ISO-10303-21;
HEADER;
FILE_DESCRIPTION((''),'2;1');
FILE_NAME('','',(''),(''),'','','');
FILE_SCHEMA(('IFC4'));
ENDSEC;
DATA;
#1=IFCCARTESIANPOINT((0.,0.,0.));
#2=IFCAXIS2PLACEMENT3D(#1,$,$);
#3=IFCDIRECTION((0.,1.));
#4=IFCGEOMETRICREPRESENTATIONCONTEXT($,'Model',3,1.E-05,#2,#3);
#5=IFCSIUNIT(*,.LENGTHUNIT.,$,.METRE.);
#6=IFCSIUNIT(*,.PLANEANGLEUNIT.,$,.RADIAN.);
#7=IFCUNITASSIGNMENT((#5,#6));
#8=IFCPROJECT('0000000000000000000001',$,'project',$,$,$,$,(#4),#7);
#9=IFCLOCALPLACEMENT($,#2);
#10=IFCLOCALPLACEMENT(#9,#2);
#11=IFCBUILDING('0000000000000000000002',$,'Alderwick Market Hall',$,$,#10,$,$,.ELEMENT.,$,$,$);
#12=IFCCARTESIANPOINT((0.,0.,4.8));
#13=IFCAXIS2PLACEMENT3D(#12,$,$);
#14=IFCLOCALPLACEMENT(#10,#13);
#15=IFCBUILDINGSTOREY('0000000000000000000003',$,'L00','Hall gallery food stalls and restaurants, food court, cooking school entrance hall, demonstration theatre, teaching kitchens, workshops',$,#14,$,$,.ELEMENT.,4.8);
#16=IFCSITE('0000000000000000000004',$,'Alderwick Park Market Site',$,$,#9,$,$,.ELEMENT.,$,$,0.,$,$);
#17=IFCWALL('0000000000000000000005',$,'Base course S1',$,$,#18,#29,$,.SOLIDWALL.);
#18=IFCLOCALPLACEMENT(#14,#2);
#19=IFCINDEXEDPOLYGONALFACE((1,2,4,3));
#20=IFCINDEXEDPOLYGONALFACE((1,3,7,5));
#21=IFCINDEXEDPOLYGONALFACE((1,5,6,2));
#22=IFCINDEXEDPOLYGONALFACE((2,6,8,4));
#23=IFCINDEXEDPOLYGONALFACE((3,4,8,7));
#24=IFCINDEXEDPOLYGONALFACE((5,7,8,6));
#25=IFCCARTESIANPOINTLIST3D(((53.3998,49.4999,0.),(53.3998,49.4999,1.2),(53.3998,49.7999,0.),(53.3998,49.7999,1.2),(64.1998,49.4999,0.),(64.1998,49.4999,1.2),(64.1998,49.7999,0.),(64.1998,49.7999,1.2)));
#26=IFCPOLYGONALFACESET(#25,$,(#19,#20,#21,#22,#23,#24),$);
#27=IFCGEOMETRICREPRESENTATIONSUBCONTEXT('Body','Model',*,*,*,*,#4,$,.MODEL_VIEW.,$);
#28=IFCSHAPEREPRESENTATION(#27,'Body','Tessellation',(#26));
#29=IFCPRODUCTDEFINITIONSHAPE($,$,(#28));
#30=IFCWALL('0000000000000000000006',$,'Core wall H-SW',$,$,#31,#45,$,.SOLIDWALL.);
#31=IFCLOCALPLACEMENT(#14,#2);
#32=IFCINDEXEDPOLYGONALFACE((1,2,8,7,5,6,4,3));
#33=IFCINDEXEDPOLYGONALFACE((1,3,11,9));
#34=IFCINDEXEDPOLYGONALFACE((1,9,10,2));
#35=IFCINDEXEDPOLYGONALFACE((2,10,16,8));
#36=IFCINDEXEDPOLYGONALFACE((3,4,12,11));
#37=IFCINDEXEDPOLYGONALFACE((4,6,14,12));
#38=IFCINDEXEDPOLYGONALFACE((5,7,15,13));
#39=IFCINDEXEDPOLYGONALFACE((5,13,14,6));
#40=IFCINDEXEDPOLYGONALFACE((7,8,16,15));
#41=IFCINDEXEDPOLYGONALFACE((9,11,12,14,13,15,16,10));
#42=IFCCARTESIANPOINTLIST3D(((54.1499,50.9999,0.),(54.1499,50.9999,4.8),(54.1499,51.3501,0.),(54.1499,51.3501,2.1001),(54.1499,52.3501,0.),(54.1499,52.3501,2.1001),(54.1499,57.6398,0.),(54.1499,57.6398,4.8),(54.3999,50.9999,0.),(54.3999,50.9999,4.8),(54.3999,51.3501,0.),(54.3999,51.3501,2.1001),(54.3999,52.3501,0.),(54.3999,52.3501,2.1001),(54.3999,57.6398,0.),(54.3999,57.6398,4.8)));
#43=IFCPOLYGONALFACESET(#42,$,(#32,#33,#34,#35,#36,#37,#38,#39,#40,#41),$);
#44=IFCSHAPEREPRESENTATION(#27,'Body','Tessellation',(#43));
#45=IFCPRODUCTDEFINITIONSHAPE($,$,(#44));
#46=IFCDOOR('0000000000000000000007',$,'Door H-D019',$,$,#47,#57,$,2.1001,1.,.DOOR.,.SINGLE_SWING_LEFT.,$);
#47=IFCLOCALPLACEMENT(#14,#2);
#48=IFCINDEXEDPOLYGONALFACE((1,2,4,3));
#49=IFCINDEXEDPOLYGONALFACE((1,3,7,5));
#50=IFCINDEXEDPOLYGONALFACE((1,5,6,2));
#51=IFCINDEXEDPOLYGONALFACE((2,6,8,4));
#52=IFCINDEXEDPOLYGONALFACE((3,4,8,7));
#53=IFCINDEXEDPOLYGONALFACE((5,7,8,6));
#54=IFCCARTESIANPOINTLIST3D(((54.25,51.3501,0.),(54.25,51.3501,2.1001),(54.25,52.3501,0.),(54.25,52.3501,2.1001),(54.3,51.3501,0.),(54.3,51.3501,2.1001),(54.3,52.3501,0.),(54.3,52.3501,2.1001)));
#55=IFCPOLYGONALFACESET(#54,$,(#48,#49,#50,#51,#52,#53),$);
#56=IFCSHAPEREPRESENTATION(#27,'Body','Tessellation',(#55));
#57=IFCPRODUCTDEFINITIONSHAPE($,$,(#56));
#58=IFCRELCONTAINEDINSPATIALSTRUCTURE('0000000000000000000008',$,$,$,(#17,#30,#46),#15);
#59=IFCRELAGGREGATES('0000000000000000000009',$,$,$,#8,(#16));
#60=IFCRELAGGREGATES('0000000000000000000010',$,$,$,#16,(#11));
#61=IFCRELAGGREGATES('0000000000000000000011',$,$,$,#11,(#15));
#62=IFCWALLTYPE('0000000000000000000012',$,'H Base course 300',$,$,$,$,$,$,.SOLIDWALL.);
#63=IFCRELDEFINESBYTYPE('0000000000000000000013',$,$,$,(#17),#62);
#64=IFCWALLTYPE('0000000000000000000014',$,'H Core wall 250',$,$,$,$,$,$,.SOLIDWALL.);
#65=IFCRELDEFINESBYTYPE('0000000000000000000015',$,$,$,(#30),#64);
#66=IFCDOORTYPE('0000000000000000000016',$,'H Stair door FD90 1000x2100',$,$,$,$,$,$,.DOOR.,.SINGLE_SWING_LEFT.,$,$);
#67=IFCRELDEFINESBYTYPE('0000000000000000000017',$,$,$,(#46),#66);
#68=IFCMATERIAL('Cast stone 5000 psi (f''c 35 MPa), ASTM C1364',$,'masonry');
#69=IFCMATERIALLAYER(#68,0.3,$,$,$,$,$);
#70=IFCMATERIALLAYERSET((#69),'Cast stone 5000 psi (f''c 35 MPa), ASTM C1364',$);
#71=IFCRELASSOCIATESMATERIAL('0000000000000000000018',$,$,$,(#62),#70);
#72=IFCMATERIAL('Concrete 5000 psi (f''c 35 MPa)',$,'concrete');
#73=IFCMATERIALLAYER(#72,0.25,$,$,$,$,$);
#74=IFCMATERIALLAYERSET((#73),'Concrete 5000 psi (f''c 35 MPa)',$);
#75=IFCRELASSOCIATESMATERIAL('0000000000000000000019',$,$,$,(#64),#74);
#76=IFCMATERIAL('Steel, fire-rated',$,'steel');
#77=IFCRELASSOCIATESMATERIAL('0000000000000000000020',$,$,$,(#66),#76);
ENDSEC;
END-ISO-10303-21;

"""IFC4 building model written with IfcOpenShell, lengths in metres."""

from ifc_helpers import new_model, si_unit, direction, frame, frame_2d, origin, place, context, subcontext, project, spatial, rectangle, extrude, material, layer, layer_set, type_object, element, fill, save


model = new_model("IFC4")

# Units and contexts
model_context = context("Model", 3, precision=1e-05, world=origin(), true_north=direction((0.0, 1.0)))
body_context = subcontext(model_context, "Body", "Model", "MODEL_VIEW")
ifc_project = project(units=[si_unit("LENGTHUNIT", "METRE"), si_unit("PLANEANGLEUNIT", "RADIAN")], contexts=[model_context])

# Site, building, storey
site_placement = place(None, origin())
site = spatial("IfcSite", under=ifc_project, at=site_placement, Name="Alderwick Park Market Site", CompositionType="ELEMENT", RefElevation=0.0)
building_placement = place(site_placement, origin())
building = spatial("IfcBuilding", under=site, at=building_placement, Name="Alderwick Market Hall", CompositionType="ELEMENT")
storey_placement = place(building_placement, frame((0.0, 0.0, 4.8)))
storey = spatial("IfcBuildingStorey", under=building, at=storey_placement, Name="L00", Description="Hall gallery food stalls and restaurants, food court, cooking school entrance hall, demonstration theatre, teaching kitchens, workshops", CompositionType="ELEMENT", Elevation=4.8)

# Wall
ifc_material_1 = material(Name="Cast stone 5000 psi (f'c 35 MPa), ASTM C1364", Category="masonry")
ifc_layer_1 = layer(ifc_material_1, 0.3)
ifc_layer_set_1 = layer_set([ifc_layer_1], Name="Cast stone 5000 psi (f'c 35 MPa), ASTM C1364")
wall_type_1 = type_object("IfcWallType", Name="H Base course 300", PredefinedType="SOLIDWALL", material=ifc_layer_set_1)
wall_1_placement = place(storey_placement, frame((53.3999, 49.6499, 0.0), z_axis=(0.0, 0.0, 1.0), x_axis=(1.0, 0.0, 0.0)))
element("IfcWall", 1, at=wall_1_placement, inside=storey, type_object=wall_type_1, Name="Base course S1", PredefinedType="SOLIDWALL", context=body_context, shape_type="SweptSolid", body=[
    extrude(rectangle(XDim=10.8, YDim=0.3, at=frame_2d((5.3999, 0.0))), origin(), (0.0, 0.0, 1.0), 1.2),
])

# Wall, opening, door
ifc_material_2 = material(Name="Concrete 5000 psi (f'c 35 MPa)", Category="concrete")
ifc_layer_2 = layer(ifc_material_2, 0.25)
ifc_layer_set_2 = layer_set([ifc_layer_2], Name="Concrete 5000 psi (f'c 35 MPa)")
wall_type_2 = type_object("IfcWallType", Name="H Core wall 250", PredefinedType="SOLIDWALL", material=ifc_layer_set_2)
wall_2_placement = place(storey_placement, frame((54.2749, 51.0, 0.0), z_axis=(0.0, 0.0, 1.0), x_axis=(0.0, 1.0, 0.0)))
wall_2 = element("IfcWall", 2, at=wall_2_placement, inside=storey, type_object=wall_type_2, Name="Core wall H-SW", PredefinedType="SOLIDWALL", context=body_context, shape_type="SweptSolid", body=[
    extrude(rectangle(XDim=6.6399, YDim=0.25, at=frame_2d((3.3198, 0.0))), origin(), (0.0, 0.0, 1.0), 4.8),
])
opening_1_placement = place(wall_2_placement, frame((0.3501, 0.0, 0.0)))
opening_1 = element("IfcOpeningElement", 3, at=opening_1_placement, cuts=wall_2, PredefinedType="OPENING", context=body_context, shape_type="SweptSolid", body=[
    extrude(rectangle(XDim=1.0, YDim=2.1001, at=frame_2d((0.5, 1.05))), frame((0.0, 0.135, 0.0), z_axis=(0.0, -1.0, 0.0), x_axis=(1.0, 0.0, 0.0)), (0.0, 0.0, 1.0), 0.27),
])
ifc_material_3 = material(Name="Steel, fire-rated", Category="steel")
door_type = type_object("IfcDoorType", Name="H Stair door FD90 1000x2100", OperationType="SINGLE_SWING_LEFT", PredefinedType="DOOR", material=ifc_material_3)
door_placement = place(opening_1_placement, origin())
door = element("IfcDoor", 4, at=door_placement, inside=storey, type_object=door_type, Name="Door H-D019", OperationType="SINGLE_SWING_LEFT", OverallHeight=2.1001, OverallWidth=1.0, PredefinedType="DOOR", context=body_context, shape_type="SweptSolid", body=[
    extrude(rectangle(XDim=1.0, YDim=2.1001, at=frame_2d((0.5, 1.05))), frame((0.0, 0.0249, 0.0), z_axis=(0.0, -1.0, 0.0), x_axis=(1.0, 0.0, 0.0)), (0.0, 0.0, 1.0), 0.05),
])
fill(opening_1, door)

save(model, "model.ifc")
